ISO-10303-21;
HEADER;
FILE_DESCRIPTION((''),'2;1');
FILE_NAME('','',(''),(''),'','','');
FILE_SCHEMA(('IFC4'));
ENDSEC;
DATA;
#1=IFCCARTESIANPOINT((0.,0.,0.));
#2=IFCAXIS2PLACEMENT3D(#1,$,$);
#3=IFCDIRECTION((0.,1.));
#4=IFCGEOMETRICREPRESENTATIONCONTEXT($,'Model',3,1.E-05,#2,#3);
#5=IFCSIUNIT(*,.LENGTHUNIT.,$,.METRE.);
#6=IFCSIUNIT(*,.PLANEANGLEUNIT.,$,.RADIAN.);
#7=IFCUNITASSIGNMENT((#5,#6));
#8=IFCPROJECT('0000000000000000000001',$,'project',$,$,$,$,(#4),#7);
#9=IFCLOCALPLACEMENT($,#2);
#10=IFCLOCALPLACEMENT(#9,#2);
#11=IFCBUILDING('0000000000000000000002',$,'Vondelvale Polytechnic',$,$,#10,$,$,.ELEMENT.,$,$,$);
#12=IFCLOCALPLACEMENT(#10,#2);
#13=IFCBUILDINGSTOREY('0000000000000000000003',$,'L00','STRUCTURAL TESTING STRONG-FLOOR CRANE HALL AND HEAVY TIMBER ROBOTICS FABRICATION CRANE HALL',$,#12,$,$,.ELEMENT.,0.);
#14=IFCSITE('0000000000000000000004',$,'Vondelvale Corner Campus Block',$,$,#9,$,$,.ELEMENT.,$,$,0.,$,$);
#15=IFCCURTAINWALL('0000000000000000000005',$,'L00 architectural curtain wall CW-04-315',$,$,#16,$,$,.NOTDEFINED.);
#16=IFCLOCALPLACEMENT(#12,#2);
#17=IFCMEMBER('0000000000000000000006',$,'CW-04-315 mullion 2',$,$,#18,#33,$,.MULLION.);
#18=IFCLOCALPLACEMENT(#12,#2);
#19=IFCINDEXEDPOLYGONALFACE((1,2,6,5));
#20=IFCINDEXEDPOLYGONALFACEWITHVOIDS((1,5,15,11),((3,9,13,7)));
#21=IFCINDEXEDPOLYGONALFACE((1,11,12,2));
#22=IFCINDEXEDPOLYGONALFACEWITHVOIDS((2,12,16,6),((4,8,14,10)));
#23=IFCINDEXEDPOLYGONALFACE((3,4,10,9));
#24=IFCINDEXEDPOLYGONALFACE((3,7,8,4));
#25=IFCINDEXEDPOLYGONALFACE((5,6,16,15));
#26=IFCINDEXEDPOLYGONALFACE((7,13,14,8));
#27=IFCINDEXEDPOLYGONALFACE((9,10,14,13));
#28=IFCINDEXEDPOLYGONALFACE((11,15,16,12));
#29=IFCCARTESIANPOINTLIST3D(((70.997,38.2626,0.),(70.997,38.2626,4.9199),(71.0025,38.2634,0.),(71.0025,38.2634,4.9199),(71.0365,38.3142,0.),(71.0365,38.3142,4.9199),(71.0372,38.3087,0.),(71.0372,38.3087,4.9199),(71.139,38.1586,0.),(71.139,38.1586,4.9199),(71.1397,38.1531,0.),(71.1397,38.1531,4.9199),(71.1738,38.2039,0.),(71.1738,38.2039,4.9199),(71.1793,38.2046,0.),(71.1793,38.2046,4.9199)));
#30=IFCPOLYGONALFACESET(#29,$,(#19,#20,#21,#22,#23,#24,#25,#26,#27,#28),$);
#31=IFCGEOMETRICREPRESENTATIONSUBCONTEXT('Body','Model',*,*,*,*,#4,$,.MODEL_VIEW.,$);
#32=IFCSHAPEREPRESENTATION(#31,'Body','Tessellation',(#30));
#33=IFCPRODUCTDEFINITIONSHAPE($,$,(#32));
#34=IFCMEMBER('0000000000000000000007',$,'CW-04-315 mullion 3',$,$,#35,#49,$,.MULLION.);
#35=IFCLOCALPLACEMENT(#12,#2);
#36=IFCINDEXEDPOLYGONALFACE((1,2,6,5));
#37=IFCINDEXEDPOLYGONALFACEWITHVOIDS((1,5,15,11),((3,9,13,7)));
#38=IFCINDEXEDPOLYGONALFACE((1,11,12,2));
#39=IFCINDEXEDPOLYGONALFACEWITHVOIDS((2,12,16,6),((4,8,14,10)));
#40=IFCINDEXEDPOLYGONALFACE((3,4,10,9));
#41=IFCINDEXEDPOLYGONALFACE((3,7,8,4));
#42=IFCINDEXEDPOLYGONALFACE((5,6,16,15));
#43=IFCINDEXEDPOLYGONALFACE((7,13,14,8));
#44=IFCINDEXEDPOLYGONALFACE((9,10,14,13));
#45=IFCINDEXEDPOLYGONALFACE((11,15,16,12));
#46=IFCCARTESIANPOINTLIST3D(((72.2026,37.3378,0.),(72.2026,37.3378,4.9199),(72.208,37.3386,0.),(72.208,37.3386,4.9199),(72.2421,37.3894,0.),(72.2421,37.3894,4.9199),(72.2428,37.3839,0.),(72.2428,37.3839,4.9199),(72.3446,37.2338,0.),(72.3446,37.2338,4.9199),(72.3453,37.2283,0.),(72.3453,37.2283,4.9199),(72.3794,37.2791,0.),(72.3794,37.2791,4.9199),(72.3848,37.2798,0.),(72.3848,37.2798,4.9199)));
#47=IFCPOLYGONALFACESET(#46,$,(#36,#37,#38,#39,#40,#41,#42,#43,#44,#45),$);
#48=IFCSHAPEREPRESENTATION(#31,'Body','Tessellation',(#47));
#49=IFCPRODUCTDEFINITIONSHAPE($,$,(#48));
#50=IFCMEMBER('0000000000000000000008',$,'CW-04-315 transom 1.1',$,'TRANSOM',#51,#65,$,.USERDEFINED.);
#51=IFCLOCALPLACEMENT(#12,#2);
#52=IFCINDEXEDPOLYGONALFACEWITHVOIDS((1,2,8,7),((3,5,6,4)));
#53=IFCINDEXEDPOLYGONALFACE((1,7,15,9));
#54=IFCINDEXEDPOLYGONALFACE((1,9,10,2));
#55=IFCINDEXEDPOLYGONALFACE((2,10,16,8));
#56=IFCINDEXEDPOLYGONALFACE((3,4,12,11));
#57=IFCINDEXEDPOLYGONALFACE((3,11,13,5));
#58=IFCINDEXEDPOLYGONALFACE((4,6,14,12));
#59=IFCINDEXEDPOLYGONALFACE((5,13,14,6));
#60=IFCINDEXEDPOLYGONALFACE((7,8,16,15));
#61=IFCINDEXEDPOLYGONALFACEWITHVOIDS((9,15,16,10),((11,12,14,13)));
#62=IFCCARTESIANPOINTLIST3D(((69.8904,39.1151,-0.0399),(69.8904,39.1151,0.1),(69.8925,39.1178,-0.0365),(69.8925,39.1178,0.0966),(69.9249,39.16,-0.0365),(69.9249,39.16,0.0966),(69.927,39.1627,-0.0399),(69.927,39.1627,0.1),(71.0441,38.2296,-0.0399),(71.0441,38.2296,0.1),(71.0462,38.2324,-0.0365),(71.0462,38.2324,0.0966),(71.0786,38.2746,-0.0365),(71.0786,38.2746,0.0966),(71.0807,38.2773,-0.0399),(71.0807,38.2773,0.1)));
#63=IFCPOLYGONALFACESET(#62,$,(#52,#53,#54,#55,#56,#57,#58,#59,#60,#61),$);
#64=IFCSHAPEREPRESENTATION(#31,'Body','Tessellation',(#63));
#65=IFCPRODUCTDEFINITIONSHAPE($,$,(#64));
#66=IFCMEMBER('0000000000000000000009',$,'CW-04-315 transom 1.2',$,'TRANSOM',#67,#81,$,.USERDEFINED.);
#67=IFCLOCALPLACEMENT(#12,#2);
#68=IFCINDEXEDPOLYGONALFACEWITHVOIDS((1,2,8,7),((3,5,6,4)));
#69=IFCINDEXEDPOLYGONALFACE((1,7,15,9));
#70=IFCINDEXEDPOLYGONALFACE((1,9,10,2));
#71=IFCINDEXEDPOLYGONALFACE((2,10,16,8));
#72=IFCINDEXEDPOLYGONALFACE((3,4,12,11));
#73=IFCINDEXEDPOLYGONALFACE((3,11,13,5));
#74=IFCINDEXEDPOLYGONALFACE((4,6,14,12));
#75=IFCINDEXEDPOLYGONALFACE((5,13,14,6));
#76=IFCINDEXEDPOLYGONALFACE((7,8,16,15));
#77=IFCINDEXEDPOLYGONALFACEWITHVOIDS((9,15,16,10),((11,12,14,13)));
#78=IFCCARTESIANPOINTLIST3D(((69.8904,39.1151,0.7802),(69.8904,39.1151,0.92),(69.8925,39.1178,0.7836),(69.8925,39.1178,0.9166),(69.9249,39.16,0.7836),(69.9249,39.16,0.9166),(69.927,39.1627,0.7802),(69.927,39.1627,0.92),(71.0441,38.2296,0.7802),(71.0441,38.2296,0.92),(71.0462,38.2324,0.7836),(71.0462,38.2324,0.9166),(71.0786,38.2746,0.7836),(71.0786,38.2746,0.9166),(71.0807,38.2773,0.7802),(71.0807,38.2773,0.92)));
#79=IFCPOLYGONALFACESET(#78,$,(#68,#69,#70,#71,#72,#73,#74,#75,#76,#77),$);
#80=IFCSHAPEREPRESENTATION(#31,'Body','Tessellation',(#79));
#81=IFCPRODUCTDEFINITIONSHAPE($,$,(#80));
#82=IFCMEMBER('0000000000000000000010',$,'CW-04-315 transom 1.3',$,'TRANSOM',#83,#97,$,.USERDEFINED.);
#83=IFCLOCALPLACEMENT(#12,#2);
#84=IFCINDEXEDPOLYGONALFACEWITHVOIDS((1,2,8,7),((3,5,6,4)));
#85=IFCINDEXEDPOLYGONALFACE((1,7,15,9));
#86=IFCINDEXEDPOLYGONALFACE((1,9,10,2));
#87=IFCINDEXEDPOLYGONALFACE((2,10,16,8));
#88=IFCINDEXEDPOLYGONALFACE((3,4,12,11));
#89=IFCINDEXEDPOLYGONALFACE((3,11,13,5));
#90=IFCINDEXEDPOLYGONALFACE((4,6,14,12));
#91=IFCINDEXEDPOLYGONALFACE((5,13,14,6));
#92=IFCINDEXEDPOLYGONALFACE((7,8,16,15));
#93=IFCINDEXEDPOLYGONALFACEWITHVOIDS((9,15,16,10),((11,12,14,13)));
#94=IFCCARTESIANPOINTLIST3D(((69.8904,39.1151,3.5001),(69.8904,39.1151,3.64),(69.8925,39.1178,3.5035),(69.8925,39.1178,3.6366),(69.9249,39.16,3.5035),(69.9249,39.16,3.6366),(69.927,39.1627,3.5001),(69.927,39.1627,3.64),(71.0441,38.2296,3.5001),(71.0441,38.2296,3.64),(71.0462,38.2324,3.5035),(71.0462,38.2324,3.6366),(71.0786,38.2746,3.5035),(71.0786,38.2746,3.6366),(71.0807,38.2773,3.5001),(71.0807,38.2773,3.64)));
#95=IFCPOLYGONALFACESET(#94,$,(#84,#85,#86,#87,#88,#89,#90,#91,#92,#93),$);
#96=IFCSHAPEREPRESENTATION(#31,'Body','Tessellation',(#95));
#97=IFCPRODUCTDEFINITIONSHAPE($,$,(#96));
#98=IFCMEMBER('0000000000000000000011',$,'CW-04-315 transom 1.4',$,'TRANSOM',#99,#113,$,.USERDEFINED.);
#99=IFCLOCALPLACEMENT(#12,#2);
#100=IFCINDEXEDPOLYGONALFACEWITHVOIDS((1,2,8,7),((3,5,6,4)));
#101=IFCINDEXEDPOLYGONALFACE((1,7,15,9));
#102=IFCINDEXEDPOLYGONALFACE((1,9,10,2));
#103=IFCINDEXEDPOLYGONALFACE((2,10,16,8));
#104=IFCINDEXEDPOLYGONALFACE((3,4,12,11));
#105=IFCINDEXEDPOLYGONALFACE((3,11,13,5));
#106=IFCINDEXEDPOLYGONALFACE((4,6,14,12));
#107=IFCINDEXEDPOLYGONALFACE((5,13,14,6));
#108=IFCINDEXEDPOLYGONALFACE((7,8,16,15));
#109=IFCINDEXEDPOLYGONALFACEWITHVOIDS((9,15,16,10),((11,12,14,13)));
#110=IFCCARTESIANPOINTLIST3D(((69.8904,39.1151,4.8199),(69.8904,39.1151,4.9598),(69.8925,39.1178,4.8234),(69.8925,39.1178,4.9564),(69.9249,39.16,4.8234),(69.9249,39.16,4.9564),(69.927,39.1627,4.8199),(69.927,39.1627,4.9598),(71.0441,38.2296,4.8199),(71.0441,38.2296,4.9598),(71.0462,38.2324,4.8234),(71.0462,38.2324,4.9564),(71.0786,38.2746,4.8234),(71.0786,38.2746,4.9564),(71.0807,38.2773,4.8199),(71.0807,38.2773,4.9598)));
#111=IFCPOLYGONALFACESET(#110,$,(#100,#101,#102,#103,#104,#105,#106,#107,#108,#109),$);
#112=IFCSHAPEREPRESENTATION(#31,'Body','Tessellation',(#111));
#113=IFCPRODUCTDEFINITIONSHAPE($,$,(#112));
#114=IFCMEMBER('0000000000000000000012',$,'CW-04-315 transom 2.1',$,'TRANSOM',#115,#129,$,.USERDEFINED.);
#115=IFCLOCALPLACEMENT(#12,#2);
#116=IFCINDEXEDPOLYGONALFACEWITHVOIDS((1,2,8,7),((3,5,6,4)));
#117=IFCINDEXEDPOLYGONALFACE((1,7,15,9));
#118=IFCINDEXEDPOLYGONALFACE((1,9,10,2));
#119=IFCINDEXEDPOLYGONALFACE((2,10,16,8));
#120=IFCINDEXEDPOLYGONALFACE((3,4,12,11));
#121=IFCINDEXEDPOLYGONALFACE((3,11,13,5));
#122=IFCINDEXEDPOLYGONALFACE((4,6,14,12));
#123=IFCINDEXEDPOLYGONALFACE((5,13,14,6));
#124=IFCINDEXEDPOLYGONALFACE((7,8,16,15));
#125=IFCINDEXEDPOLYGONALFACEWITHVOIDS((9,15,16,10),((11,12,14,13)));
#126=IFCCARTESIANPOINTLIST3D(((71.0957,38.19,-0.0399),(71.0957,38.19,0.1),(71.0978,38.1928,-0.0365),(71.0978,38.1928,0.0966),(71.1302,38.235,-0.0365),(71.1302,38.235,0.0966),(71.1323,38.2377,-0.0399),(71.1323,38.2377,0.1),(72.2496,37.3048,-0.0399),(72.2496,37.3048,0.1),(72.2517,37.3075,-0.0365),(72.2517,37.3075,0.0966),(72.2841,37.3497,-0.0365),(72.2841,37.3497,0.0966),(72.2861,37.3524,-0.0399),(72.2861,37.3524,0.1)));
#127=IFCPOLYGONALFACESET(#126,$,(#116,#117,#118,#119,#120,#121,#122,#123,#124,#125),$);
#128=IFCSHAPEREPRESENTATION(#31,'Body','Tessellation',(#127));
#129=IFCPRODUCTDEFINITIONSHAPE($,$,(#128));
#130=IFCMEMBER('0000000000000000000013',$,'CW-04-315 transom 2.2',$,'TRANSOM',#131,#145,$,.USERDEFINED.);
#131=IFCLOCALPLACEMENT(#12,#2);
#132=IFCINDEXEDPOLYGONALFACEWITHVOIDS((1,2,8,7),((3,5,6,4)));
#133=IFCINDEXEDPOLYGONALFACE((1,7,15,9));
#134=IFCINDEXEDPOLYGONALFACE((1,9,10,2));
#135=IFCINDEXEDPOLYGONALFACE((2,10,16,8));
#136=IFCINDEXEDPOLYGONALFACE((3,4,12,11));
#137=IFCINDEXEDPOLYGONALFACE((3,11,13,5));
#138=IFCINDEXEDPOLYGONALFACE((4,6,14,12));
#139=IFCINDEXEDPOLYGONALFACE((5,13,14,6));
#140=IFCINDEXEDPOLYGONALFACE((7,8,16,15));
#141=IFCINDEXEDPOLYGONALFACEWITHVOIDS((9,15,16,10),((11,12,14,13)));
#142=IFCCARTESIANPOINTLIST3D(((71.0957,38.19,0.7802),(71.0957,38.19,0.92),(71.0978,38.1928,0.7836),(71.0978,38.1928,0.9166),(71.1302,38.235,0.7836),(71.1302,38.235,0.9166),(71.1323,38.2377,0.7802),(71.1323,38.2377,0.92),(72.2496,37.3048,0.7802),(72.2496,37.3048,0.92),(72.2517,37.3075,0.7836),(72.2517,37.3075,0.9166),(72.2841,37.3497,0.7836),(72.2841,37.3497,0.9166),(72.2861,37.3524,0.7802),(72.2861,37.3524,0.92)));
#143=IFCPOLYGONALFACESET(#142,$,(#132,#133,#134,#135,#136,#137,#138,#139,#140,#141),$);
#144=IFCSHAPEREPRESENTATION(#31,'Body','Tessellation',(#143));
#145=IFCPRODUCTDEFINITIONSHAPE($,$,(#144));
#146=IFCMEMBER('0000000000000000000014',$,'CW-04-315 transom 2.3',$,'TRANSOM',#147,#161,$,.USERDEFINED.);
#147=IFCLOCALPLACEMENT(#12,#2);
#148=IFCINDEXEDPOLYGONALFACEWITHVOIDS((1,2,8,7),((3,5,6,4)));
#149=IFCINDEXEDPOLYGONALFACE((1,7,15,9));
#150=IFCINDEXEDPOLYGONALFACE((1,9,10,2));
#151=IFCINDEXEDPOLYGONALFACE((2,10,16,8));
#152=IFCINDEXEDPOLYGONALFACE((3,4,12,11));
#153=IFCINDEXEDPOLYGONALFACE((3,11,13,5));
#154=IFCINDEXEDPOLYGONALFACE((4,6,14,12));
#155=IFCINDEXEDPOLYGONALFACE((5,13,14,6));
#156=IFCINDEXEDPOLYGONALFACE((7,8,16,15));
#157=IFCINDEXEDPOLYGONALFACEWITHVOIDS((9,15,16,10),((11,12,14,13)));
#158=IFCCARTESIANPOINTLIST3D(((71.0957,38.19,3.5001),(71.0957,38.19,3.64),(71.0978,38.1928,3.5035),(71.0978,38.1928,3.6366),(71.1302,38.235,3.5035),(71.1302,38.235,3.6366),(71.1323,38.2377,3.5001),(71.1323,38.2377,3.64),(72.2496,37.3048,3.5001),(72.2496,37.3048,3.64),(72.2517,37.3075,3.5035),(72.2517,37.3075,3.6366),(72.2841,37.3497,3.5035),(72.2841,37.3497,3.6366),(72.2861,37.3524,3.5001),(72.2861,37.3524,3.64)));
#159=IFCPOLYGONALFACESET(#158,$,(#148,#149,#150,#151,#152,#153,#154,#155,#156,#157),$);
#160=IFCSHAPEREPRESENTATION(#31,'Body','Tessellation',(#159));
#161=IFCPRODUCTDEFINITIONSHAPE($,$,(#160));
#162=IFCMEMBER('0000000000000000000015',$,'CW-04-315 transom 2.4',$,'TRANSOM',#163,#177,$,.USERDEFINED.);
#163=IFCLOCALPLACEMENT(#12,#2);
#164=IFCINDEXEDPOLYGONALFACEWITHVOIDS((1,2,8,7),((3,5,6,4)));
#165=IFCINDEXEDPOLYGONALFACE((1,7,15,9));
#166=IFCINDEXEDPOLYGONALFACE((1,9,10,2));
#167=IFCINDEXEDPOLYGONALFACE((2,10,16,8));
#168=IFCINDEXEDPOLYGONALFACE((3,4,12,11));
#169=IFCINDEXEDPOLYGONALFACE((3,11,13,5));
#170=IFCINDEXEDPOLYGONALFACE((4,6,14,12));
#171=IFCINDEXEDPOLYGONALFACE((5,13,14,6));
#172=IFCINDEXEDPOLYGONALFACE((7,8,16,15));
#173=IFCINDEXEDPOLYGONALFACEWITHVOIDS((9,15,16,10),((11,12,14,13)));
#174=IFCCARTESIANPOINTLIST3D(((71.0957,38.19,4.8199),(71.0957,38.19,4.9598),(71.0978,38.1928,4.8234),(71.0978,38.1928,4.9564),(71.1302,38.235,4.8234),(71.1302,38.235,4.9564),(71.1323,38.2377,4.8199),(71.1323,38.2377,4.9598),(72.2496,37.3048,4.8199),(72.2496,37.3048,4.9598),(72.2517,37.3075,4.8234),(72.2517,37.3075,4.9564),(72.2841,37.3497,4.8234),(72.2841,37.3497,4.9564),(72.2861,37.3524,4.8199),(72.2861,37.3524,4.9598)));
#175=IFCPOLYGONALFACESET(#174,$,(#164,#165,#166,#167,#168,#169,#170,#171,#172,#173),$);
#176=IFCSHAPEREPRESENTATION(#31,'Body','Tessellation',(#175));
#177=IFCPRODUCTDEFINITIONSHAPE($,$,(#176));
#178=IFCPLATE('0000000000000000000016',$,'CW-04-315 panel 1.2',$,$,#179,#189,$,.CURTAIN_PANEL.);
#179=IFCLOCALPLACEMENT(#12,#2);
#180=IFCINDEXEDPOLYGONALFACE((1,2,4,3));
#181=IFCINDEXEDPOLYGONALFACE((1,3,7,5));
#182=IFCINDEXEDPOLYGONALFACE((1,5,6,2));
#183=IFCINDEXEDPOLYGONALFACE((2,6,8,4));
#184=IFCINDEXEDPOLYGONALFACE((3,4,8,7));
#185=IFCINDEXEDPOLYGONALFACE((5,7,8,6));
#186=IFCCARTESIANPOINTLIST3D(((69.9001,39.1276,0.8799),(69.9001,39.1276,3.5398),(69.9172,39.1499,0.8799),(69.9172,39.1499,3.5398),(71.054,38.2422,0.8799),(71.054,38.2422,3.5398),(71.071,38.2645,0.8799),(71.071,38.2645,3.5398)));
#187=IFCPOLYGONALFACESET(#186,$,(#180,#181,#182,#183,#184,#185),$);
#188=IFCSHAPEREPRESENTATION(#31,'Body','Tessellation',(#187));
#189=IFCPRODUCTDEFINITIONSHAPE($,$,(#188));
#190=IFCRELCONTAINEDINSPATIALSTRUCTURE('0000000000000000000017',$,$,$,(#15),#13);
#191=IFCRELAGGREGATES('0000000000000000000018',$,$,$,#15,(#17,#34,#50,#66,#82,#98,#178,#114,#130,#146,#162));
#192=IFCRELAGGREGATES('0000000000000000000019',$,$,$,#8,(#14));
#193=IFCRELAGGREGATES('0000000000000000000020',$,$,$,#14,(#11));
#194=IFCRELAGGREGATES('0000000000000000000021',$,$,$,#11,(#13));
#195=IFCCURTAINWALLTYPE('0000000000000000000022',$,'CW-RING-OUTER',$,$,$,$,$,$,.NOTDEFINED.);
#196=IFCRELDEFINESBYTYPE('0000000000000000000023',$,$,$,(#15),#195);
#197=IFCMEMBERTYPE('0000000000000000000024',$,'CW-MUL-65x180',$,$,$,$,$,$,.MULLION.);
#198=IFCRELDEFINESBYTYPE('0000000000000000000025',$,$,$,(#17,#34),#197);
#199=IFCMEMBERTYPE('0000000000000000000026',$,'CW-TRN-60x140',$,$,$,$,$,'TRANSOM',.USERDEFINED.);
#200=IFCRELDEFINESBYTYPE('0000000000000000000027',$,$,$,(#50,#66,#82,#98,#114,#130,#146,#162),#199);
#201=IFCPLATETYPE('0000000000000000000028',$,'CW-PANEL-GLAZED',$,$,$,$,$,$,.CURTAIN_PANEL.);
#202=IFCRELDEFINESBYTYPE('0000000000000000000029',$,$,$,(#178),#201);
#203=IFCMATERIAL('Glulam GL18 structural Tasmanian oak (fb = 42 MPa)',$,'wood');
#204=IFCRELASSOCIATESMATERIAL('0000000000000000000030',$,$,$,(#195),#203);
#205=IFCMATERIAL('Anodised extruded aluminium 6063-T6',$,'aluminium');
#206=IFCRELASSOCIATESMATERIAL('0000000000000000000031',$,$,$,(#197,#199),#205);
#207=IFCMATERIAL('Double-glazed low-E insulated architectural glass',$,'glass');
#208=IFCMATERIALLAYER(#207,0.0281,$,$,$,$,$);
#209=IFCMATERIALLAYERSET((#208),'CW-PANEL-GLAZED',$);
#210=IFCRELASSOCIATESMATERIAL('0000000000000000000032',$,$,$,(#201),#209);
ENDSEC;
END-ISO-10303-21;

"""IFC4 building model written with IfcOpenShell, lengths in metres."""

from ifc_helpers import new_model, si_unit, direction, frame, origin, origin_2d, place, context, subcontext, project, spatial, rectangle, hollow_rectangle, extrude, material, layer, layer_set, material_profile, profile_set, type_object, element, aggregate, save


model = new_model("IFC4")

# Units and contexts
model_context = context("Model", 3, precision=1e-05, world=origin(), true_north=direction((0.0, 1.0)))
body_context = subcontext(model_context, "Body", "Model", "MODEL_VIEW")
ifc_project = project(units=[si_unit("LENGTHUNIT", "METRE"), si_unit("PLANEANGLEUNIT", "RADIAN")], contexts=[model_context])

# Site, building, storey
site_placement = place(None, origin())
site = spatial("IfcSite", under=ifc_project, at=site_placement, Name="Vondelvale Corner Campus Block", CompositionType="ELEMENT", RefElevation=0.0)
building_placement = place(site_placement, origin())
building = spatial("IfcBuilding", under=site, at=building_placement, Name="Vondelvale Polytechnic", CompositionType="ELEMENT")
storey_placement = place(building_placement, origin())
storey = spatial("IfcBuildingStorey", under=building, at=storey_placement, Name="L00", Description="STRUCTURAL TESTING STRONG-FLOOR CRANE HALL AND HEAVY TIMBER ROBOTICS FABRICATION CRANE HALL", CompositionType="ELEMENT", Elevation=0.0)

# Shared definitions
ifc_material_1 = material(Name="Glulam GL18 structural Tasmanian oak (fb = 42 MPa)", Category="wood")

# Curtain wall, members, plate
curtain_wall_type = type_object("IfcCurtainWallType", Name="CW-RING-OUTER", PredefinedType="NOTDEFINED", material=ifc_material_1)
curtain_wall_placement = place(storey_placement, origin())
curtain_wall = element("IfcCurtainWall", 1, at=curtain_wall_placement, inside=storey, type_object=curtain_wall_type, Name="L00 architectural curtain wall CW-04-315", PredefinedType="NOTDEFINED")
ifc_material_2 = material(Name="Anodised extruded aluminium 6063-T6", Category="aluminium")
ifc_material_profile_1 = material_profile(ifc_material_2, hollow_rectangle(XDim=0.0649, YDim=0.1799, WallThickness=0.0039, at=origin_2d()), Name="CW-MUL-180x65")
ifc_profile_set_1 = profile_set([ifc_material_profile_1], Name="Anodised extruded aluminium 6063-T6")
member_type_1 = type_object("IfcMemberType", Name="CW-MUL-65x180", PredefinedType="MULLION", material=ifc_profile_set_1)
member_1_placement = place(storey_placement, frame((71.0881, 38.2336, 0.0), z_axis=(0.0, 0.0, 1.0), x_axis=(0.608764, 0.793352, 0.0)))
member_1 = element("IfcMember", 2, at=member_1_placement, type_object=member_type_1, Name="CW-04-315 mullion 2", PredefinedType="MULLION", context=body_context, shape_type="SweptSolid", body=[
    extrude(hollow_rectangle(XDim=0.0649, YDim=0.1799, WallThickness=0.0039, at=origin_2d()), origin(), (0.0, 0.0, 1.0), 4.9199),
])
member_2_placement = place(storey_placement, frame((72.2937, 37.3088, 0.0), z_axis=(0.0, 0.0, 1.0), x_axis=(0.608764, 0.793352, 0.0)))
member_2 = element("IfcMember", 3, at=member_2_placement, type_object=member_type_1, Name="CW-04-315 mullion 3", PredefinedType="MULLION", context=body_context, shape_type="SweptSolid", body=[
    extrude(hollow_rectangle(XDim=0.0649, YDim=0.1799, WallThickness=0.0039, at=origin_2d()), origin(), (0.0, 0.0, 1.0), 4.9199),
])
ifc_material_profile_2 = material_profile(ifc_material_2, hollow_rectangle(XDim=0.0601, YDim=0.1399, WallThickness=0.0034, at=origin_2d()), Name="CW-TRN-140x60")
ifc_profile_set_2 = profile_set([ifc_material_profile_2], Name="Anodised extruded aluminium 6063-T6")
member_type_2 = type_object("IfcMemberType", Name="CW-TRN-60x140", ElementType="TRANSOM", PredefinedType="USERDEFINED", material=ifc_profile_set_2)
member_3_placement = place(storey_placement, frame((69.9087, 39.1389, 0.03), z_axis=(0.793304, -0.608826, 0.0), x_axis=(0.608826, 0.793304, 0.0)))
member_3 = element("IfcMember", 4, at=member_3_placement, type_object=member_type_2, Name="CW-04-315 transom 1.1", ObjectType="TRANSOM", PredefinedType="USERDEFINED", context=body_context, shape_type="SweptSolid", body=[
    extrude(hollow_rectangle(XDim=0.0601, YDim=0.1399, WallThickness=0.0034, at=origin_2d()), origin(), (0.0, 0.0, 1.0), 1.4543),
])
member_4_placement = place(storey_placement, frame((69.9087, 39.1389, 0.8501), z_axis=(0.793304, -0.608826, 0.0), x_axis=(0.608826, 0.793304, 0.0)))
member_4 = element("IfcMember", 5, at=member_4_placement, type_object=member_type_2, Name="CW-04-315 transom 1.2", ObjectType="TRANSOM", PredefinedType="USERDEFINED", context=body_context, shape_type="SweptSolid", body=[
    extrude(hollow_rectangle(XDim=0.0601, YDim=0.1399, WallThickness=0.0034, at=origin_2d()), origin(), (0.0, 0.0, 1.0), 1.4543),
])
member_5_placement = place(storey_placement, frame((69.9087, 39.1389, 3.5701), z_axis=(0.793304, -0.608826, 0.0), x_axis=(0.608826, 0.793304, 0.0)))
member_5 = element("IfcMember", 6, at=member_5_placement, type_object=member_type_2, Name="CW-04-315 transom 1.3", ObjectType="TRANSOM", PredefinedType="USERDEFINED", context=body_context, shape_type="SweptSolid", body=[
    extrude(hollow_rectangle(XDim=0.0601, YDim=0.1399, WallThickness=0.0034, at=origin_2d()), origin(), (0.0, 0.0, 1.0), 1.4543),
])
member_6_placement = place(storey_placement, frame((69.9087, 39.1389, 4.8899), z_axis=(0.793304, -0.608826, 0.0), x_axis=(0.608826, 0.793304, 0.0)))
member_6 = element("IfcMember", 7, at=member_6_placement, type_object=member_type_2, Name="CW-04-315 transom 1.4", ObjectType="TRANSOM", PredefinedType="USERDEFINED", context=body_context, shape_type="SweptSolid", body=[
    extrude(hollow_rectangle(XDim=0.0601, YDim=0.1399, WallThickness=0.0034, at=origin_2d()), origin(), (0.0, 0.0, 1.0), 1.4543),
])
member_7_placement = place(storey_placement, frame((71.114, 38.2139, 0.03), z_axis=(0.793385, -0.608721, 0.0), x_axis=(0.608721, 0.793385, 0.0)))
member_7 = element("IfcMember", 8, at=member_7_placement, type_object=member_type_2, Name="CW-04-315 transom 2.1", ObjectType="TRANSOM", PredefinedType="USERDEFINED", context=body_context, shape_type="SweptSolid", body=[
    extrude(hollow_rectangle(XDim=0.0601, YDim=0.1399, WallThickness=0.0034, at=origin_2d()), origin(), (0.0, 0.0, 1.0), 1.4543),
])
member_8_placement = place(storey_placement, frame((71.114, 38.2139, 0.8501), z_axis=(0.793385, -0.608721, 0.0), x_axis=(0.608721, 0.793385, 0.0)))
member_8 = element("IfcMember", 9, at=member_8_placement, type_object=member_type_2, Name="CW-04-315 transom 2.2", ObjectType="TRANSOM", PredefinedType="USERDEFINED", context=body_context, shape_type="SweptSolid", body=[
    extrude(hollow_rectangle(XDim=0.0601, YDim=0.1399, WallThickness=0.0034, at=origin_2d()), origin(), (0.0, 0.0, 1.0), 1.4543),
])
member_9_placement = place(storey_placement, frame((71.114, 38.2139, 3.5701), z_axis=(0.793385, -0.608721, 0.0), x_axis=(0.608721, 0.793385, 0.0)))
member_9 = element("IfcMember", 10, at=member_9_placement, type_object=member_type_2, Name="CW-04-315 transom 2.3", ObjectType="TRANSOM", PredefinedType="USERDEFINED", context=body_context, shape_type="SweptSolid", body=[
    extrude(hollow_rectangle(XDim=0.0601, YDim=0.1399, WallThickness=0.0034, at=origin_2d()), origin(), (0.0, 0.0, 1.0), 1.4543),
])
member_10_placement = place(storey_placement, frame((71.114, 38.2139, 4.8899), z_axis=(0.793385, -0.608721, 0.0), x_axis=(0.608721, 0.793385, 0.0)))
member_10 = element("IfcMember", 11, at=member_10_placement, type_object=member_type_2, Name="CW-04-315 transom 2.4", ObjectType="TRANSOM", PredefinedType="USERDEFINED", context=body_context, shape_type="SweptSolid", body=[
    extrude(hollow_rectangle(XDim=0.0601, YDim=0.1399, WallThickness=0.0034, at=origin_2d()), origin(), (0.0, 0.0, 1.0), 1.4543),
])
ifc_material_3 = material(Name="Double-glazed low-E insulated architectural glass", Category="glass")
ifc_layer_1 = layer(ifc_material_3, 0.0281)
ifc_layer_set_1 = layer_set([ifc_layer_1], Name="CW-PANEL-GLAZED")
plate_type_1 = type_object("IfcPlateType", Name="CW-PANEL-GLAZED", PredefinedType="CURTAIN_PANEL", material=ifc_layer_set_1)
plate_1_placement = place(storey_placement, frame((70.4856, 38.696, 0.8799), z_axis=(0.0, 0.0, 1.0), x_axis=(0.793352, -0.608764, 0.0)))
plate_1 = element("IfcPlate", 12, at=plate_1_placement, type_object=plate_type_1, Name="CW-04-315 panel 1.2", PredefinedType="CURTAIN_PANEL", context=body_context, shape_type="SweptSolid", body=[
    extrude(rectangle(XDim=1.4543, YDim=0.0281, at=origin_2d()), origin(), (0.0, 0.0, 1.0), 2.6599),
])
aggregate(curtain_wall, [member_1, member_2, member_3, member_4, member_5, member_6, plate_1, member_7, member_8, member_9, member_10])

save(model, "model.ifc")
